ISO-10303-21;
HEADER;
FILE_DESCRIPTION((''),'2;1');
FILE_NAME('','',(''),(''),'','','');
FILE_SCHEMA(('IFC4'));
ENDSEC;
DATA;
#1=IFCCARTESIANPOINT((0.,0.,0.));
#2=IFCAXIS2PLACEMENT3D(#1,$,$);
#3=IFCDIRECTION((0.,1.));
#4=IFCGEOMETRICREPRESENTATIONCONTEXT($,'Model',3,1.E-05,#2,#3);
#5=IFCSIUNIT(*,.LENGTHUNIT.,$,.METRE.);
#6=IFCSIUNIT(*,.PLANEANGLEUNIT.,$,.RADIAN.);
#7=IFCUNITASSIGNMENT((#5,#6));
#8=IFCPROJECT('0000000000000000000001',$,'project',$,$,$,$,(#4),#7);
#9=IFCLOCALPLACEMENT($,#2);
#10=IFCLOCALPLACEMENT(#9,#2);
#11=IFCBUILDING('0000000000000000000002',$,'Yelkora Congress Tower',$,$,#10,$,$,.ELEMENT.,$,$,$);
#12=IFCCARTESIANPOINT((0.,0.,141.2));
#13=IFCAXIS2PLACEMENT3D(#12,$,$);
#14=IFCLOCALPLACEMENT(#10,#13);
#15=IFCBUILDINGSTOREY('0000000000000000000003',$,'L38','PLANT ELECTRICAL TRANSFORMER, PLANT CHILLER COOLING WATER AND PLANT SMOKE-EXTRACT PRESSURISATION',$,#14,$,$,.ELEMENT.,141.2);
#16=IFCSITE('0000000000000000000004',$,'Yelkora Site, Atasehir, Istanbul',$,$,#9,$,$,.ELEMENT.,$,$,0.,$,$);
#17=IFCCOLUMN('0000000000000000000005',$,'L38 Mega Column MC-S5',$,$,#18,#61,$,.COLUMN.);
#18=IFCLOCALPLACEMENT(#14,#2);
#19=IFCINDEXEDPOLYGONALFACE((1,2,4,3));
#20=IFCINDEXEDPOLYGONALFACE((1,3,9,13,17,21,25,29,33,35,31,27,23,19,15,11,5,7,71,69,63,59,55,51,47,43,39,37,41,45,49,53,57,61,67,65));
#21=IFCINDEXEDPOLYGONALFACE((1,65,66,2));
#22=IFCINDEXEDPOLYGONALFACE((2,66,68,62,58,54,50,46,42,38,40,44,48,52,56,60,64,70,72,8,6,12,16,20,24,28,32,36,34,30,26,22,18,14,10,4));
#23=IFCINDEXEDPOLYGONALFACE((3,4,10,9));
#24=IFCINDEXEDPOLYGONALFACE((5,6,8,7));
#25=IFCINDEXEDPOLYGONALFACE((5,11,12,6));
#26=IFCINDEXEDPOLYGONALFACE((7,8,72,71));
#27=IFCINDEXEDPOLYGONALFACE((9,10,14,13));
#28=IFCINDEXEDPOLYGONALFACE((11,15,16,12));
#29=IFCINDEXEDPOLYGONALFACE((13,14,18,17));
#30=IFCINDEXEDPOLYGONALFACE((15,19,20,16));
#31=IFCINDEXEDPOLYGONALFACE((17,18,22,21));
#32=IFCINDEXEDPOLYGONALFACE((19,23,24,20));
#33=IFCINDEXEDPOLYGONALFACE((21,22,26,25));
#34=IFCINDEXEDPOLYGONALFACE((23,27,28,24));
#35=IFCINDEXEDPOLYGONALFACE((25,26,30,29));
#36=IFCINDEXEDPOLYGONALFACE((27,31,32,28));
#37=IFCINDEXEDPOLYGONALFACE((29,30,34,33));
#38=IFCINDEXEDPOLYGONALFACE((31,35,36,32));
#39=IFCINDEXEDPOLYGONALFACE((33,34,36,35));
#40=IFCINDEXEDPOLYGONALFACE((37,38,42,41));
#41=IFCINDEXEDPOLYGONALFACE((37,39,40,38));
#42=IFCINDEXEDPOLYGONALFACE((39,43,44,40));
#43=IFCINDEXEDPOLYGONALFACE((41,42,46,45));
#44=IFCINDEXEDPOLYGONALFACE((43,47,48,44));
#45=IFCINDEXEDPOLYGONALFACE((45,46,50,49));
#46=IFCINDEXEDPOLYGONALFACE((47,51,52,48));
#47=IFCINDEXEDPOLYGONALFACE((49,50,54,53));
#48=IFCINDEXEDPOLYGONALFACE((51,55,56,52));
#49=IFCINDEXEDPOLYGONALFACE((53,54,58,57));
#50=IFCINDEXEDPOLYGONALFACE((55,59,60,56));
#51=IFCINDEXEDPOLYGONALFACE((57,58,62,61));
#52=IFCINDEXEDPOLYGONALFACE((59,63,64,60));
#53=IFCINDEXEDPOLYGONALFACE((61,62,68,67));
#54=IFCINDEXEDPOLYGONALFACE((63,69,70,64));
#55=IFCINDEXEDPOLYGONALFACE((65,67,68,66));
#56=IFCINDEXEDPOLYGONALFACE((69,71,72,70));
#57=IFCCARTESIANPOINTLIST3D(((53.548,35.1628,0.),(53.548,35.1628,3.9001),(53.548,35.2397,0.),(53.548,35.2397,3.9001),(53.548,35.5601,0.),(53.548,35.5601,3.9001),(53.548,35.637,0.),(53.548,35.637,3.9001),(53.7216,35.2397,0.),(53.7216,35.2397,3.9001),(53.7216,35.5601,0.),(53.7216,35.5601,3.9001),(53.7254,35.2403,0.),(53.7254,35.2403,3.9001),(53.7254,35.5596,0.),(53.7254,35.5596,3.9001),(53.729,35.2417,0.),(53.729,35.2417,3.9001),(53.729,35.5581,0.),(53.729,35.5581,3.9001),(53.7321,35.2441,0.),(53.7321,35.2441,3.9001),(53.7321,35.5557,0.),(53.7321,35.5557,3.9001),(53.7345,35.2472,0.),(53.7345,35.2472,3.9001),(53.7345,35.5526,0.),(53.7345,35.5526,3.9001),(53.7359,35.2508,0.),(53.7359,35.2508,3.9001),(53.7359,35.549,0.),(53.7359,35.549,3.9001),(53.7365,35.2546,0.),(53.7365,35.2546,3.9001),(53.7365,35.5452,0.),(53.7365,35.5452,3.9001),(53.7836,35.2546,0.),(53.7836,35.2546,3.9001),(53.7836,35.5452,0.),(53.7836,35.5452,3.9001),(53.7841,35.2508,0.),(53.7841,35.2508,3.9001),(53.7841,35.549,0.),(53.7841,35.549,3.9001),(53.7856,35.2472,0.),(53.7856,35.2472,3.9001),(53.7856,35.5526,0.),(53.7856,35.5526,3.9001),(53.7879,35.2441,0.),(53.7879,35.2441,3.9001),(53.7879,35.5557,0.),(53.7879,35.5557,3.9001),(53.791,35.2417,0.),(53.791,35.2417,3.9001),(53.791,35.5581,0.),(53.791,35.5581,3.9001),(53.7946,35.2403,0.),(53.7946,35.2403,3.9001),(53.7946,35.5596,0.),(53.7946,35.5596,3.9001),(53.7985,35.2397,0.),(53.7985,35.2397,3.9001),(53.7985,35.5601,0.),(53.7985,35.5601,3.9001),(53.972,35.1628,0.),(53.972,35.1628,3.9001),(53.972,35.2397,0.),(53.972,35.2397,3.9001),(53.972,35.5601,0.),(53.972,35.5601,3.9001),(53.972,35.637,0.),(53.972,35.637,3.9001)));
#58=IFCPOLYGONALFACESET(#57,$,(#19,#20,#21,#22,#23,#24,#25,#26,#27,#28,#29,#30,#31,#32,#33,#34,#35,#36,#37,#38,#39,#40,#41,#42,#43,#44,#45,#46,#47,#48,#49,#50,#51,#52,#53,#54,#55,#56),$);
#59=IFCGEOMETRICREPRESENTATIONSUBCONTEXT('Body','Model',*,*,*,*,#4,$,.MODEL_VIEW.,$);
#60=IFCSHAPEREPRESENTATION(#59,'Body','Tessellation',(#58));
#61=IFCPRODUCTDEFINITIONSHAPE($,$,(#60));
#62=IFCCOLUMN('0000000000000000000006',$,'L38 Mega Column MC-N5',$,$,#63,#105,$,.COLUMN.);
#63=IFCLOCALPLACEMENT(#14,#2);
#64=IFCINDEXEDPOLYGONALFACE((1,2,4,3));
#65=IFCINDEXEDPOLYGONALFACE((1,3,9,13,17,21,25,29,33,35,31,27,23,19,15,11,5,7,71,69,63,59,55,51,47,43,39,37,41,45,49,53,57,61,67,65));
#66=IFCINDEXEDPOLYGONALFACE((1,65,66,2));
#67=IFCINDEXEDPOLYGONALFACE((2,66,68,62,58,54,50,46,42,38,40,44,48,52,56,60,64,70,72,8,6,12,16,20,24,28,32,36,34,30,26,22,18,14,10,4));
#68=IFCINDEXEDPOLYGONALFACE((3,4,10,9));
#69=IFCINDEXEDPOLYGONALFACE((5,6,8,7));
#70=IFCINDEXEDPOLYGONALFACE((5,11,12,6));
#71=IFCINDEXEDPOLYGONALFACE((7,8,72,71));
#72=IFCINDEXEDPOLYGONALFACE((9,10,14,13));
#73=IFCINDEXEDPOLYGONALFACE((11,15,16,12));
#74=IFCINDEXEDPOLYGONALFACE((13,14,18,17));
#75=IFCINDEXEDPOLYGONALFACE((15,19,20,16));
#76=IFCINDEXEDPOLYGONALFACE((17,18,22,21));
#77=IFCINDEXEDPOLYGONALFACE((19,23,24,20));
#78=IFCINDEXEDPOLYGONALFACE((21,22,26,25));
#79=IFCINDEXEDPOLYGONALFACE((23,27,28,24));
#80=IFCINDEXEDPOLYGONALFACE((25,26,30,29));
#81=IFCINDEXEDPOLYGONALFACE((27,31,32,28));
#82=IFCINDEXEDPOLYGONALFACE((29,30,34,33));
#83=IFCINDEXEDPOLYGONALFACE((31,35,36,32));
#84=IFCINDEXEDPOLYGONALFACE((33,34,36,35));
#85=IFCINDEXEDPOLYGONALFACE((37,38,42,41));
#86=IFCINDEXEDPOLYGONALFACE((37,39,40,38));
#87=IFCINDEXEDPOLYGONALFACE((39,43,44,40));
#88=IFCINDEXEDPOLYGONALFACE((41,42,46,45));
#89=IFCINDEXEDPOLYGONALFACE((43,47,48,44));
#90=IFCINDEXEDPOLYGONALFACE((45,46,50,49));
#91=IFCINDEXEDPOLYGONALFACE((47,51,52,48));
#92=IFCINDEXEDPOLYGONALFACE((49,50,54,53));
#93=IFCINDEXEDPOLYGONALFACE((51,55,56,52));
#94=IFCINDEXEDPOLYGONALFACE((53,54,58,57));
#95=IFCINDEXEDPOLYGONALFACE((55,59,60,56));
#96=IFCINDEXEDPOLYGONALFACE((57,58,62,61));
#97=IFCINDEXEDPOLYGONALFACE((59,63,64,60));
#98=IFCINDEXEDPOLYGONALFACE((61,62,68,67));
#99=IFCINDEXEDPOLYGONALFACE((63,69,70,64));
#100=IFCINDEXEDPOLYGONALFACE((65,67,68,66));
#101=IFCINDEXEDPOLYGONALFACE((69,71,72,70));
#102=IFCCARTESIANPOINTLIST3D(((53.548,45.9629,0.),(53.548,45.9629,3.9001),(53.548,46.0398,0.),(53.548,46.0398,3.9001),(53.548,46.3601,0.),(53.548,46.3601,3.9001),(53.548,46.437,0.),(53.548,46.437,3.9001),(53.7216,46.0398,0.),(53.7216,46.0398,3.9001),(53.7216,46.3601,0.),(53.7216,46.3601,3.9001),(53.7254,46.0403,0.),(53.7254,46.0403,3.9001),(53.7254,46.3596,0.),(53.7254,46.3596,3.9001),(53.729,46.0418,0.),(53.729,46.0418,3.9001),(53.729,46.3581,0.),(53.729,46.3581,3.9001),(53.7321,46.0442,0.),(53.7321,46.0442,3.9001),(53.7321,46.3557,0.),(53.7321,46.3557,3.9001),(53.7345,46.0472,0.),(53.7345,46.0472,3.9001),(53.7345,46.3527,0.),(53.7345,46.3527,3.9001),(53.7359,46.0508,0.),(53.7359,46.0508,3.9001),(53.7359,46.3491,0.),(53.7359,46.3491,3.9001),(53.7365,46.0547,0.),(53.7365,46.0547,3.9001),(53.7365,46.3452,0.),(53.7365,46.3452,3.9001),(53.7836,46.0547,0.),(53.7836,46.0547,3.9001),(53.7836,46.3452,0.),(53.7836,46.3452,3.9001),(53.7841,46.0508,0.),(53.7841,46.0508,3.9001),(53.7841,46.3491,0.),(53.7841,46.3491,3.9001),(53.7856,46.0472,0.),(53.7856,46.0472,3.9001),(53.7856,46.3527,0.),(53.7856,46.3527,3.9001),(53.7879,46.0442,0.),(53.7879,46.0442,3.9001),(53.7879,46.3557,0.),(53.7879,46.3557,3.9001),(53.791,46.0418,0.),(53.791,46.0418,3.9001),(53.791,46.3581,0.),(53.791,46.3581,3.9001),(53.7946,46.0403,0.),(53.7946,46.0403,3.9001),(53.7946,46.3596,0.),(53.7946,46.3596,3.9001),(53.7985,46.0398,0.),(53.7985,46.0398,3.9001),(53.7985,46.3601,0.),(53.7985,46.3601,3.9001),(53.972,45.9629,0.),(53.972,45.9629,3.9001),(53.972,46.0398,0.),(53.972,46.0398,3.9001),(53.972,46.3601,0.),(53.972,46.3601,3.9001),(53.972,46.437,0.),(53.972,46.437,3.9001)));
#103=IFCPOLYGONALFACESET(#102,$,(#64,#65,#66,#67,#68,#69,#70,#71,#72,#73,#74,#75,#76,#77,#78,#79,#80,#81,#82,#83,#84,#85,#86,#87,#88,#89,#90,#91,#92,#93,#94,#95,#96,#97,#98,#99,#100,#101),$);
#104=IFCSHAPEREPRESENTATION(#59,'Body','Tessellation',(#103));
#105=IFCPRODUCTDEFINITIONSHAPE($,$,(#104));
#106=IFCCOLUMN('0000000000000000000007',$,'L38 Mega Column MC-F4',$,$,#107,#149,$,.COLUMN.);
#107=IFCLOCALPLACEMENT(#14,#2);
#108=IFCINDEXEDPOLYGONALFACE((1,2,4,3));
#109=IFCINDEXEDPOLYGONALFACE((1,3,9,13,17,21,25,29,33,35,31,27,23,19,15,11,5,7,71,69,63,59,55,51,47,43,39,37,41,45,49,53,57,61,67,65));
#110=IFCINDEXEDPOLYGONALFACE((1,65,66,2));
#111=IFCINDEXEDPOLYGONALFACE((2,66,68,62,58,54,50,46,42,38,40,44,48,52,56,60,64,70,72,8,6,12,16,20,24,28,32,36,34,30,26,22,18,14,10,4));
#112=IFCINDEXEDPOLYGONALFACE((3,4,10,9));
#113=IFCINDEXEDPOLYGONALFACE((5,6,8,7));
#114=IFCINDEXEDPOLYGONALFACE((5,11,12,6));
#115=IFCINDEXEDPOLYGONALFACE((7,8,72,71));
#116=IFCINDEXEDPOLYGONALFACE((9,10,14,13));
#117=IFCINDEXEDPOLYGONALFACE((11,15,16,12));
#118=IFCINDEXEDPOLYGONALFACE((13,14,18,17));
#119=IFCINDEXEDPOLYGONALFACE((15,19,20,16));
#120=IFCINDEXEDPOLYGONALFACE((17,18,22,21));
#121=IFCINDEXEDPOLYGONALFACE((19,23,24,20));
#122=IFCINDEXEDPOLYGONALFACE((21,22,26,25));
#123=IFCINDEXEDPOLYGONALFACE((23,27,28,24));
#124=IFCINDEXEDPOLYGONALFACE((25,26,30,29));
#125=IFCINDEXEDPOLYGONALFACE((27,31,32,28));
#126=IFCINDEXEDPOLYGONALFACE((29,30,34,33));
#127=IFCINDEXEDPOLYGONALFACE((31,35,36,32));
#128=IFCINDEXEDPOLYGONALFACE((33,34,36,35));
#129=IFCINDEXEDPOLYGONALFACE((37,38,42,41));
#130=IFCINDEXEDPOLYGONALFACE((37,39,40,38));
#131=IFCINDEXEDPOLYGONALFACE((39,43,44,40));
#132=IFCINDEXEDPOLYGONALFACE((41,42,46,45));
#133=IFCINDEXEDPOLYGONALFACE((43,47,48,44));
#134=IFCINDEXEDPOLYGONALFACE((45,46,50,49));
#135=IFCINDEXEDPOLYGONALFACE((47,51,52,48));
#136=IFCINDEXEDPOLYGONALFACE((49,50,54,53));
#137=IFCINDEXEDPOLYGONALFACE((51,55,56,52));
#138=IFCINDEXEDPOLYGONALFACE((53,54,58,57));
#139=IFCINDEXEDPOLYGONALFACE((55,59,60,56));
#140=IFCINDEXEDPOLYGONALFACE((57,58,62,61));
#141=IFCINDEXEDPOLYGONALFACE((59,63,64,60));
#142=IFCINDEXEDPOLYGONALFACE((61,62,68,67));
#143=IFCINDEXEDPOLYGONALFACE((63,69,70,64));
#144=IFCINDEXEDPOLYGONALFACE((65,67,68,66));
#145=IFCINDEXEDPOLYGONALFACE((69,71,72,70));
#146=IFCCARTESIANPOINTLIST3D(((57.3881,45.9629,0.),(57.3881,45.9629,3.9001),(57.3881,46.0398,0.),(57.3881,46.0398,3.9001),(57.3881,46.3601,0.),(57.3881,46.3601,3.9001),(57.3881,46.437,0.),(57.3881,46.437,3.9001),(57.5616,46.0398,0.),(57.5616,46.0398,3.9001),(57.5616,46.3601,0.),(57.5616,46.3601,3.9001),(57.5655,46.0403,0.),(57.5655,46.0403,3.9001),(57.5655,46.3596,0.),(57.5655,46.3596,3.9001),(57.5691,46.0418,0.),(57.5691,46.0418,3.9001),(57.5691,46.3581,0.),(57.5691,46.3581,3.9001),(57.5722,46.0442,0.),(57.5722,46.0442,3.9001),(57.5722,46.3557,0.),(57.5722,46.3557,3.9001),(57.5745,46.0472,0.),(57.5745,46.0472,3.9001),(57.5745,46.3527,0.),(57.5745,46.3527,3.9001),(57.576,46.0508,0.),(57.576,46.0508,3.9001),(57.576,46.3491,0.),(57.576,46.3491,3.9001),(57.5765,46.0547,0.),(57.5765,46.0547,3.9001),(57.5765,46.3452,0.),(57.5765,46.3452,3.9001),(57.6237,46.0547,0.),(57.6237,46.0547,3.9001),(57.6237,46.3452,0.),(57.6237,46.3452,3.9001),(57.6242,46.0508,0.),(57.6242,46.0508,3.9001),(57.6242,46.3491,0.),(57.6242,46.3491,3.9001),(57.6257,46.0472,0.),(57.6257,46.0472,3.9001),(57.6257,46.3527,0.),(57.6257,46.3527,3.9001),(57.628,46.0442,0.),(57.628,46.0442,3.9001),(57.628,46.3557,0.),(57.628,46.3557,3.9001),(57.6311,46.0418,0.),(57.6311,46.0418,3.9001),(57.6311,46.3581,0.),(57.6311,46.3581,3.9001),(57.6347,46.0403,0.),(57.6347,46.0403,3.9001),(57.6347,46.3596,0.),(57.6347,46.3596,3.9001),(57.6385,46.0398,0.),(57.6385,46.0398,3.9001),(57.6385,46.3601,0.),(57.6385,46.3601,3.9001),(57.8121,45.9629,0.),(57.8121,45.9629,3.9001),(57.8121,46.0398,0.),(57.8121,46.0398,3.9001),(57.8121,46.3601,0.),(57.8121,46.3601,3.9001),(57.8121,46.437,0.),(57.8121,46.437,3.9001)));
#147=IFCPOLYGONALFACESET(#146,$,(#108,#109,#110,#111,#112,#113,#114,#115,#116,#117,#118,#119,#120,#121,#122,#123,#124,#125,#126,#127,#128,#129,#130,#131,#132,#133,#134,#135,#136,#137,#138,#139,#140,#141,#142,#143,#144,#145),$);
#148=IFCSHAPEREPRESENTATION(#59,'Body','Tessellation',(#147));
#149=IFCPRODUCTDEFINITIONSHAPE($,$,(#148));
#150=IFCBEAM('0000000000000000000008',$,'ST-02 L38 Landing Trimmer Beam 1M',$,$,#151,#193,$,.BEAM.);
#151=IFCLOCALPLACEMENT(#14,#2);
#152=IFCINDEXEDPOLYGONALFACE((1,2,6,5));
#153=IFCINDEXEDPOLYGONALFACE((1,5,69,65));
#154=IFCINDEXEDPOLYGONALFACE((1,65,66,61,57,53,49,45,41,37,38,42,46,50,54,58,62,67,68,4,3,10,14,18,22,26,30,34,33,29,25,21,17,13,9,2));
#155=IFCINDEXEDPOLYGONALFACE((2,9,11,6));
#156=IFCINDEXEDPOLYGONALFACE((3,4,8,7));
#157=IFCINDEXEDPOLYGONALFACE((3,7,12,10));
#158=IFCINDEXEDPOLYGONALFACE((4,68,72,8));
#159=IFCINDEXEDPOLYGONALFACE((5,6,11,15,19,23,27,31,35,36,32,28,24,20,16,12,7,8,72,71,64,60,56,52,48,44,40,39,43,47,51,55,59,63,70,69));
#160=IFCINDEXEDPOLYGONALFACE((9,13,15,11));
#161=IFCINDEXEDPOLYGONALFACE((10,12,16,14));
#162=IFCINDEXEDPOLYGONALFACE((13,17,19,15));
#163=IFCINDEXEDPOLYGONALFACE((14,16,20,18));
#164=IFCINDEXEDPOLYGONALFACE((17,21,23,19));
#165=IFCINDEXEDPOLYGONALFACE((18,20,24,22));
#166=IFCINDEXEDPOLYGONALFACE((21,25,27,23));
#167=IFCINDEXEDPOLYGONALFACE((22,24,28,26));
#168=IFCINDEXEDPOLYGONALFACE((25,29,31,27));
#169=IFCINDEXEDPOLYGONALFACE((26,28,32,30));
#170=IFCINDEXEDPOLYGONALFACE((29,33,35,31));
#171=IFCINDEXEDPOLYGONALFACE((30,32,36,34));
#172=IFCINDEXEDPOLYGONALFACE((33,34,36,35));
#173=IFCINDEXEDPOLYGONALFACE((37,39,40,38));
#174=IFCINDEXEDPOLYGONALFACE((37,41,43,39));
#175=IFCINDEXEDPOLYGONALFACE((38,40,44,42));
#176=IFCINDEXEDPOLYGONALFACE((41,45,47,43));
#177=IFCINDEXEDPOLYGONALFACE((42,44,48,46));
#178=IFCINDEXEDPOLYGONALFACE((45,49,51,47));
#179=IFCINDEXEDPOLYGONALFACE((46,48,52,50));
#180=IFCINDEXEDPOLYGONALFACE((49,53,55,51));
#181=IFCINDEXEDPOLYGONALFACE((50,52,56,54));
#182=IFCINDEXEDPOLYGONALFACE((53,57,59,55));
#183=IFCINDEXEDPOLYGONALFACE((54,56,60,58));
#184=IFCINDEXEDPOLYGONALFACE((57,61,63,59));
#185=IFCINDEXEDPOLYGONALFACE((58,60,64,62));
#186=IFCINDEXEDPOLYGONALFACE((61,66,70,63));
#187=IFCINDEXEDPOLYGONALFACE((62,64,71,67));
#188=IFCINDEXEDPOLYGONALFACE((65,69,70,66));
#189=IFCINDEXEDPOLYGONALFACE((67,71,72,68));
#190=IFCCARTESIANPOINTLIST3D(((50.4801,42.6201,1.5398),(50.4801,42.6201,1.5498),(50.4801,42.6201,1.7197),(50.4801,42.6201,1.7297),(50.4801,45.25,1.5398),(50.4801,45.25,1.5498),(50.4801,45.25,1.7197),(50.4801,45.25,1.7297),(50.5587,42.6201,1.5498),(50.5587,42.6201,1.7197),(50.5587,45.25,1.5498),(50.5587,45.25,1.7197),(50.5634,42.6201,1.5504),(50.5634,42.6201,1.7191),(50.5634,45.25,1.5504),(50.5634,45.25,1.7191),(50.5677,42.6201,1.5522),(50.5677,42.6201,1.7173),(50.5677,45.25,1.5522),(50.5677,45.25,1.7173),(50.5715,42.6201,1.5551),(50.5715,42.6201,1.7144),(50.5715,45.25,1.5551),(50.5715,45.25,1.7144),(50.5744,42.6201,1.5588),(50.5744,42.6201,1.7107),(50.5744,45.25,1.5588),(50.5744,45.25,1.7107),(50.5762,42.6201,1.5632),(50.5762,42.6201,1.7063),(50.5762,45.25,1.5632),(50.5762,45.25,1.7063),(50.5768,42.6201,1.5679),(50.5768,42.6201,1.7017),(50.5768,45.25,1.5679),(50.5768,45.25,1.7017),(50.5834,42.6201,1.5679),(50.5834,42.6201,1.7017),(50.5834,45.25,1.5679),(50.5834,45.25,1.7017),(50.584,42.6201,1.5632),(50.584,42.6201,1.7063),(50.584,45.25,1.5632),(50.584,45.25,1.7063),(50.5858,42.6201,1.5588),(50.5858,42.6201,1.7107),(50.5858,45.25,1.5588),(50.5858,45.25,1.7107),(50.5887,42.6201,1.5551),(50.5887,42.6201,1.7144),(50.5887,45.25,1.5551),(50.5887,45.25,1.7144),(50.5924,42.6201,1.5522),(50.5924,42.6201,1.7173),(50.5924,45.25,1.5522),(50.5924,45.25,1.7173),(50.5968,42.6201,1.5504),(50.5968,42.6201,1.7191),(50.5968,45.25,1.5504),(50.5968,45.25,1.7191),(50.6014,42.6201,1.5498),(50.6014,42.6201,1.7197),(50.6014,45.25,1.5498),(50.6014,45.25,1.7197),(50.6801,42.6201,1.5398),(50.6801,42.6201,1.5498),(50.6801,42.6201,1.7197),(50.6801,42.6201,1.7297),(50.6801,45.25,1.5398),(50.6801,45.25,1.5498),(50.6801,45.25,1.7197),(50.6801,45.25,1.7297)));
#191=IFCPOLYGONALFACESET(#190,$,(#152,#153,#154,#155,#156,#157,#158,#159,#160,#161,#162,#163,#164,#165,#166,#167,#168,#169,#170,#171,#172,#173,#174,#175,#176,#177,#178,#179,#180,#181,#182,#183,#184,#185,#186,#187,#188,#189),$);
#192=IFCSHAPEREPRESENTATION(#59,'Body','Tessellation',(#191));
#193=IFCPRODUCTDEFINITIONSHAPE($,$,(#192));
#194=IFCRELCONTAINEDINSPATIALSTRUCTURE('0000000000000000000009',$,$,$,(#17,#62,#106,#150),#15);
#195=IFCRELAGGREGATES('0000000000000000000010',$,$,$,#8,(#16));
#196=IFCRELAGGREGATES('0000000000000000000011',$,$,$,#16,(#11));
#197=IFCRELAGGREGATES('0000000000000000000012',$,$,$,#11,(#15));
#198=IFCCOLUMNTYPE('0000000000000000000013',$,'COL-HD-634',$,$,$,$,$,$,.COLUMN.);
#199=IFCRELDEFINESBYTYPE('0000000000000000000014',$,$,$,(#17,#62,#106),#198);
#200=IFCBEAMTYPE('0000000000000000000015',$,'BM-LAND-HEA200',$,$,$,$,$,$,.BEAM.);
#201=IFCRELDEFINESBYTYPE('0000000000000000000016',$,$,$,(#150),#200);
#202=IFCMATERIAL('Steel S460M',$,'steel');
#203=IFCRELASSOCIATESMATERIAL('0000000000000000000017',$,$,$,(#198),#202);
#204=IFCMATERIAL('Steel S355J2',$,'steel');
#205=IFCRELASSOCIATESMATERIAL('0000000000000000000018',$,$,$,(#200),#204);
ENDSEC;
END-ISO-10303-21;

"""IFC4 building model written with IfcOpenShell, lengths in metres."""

from ifc_helpers import new_model, si_unit, direction, frame, origin, origin_2d, place, context, subcontext, project, spatial, i_section, extrude, material, material_profile, profile_set, type_object, element, save


model = new_model("IFC4")

# Units and contexts
model_context = context("Model", 3, precision=1e-05, world=origin(), true_north=direction((0.0, 1.0)))
body_context = subcontext(model_context, "Body", "Model", "MODEL_VIEW")
ifc_project = project(units=[si_unit("LENGTHUNIT", "METRE"), si_unit("PLANEANGLEUNIT", "RADIAN")], contexts=[model_context])

# Site, building, storey
site_placement = place(None, origin())
site = spatial("IfcSite", under=ifc_project, at=site_placement, Name="Yelkora Site, Atasehir, Istanbul", CompositionType="ELEMENT", RefElevation=0.0)
building_placement = place(site_placement, origin())
building = spatial("IfcBuilding", under=site, at=building_placement, Name="Yelkora Congress Tower", CompositionType="ELEMENT")
storey_placement = place(building_placement, frame((0.0, 0.0, 141.2)))
storey = spatial("IfcBuildingStorey", under=building, at=storey_placement, Name="L38", Description="PLANT ELECTRICAL TRANSFORMER, PLANT CHILLER COOLING WATER AND PLANT SMOKE-EXTRACT PRESSURISATION", CompositionType="ELEMENT", Elevation=141.2)

# Columns
ifc_material_1 = material(Name="Steel S460M", Category="steel")
ifc_material_profile_1 = material_profile(ifc_material_1, i_section(OverallWidth=0.4241, OverallDepth=0.4741, WebThickness=0.0471, FlangeThickness=0.0769, FilletRadius=0.0149, at=origin_2d()), Name="HD 400x634")
ifc_profile_set_1 = profile_set([ifc_material_profile_1], Name="Steel S460M")
column_type = type_object("IfcColumnType", Name="COL-HD-634", PredefinedType="COLUMN", material=ifc_profile_set_1)
for number, where, z_axis, x_axis, name in (
    (1, (53.76, 35.3999, 0.0), (0.0, 0.0, 1.0), (1.0, 0.0, 0.0), "L38 Mega Column MC-S5"),
    (2, (53.76, 46.2, 0.0), (0.0, 0.0, 1.0), (1.0, 0.0, 0.0), "L38 Mega Column MC-N5"),
    (3, (57.6001, 46.2, 0.0), (0.0, 0.0, 1.0), (1.0, 0.0, 0.0), "L38 Mega Column MC-F4"),
):
    element("IfcColumn", number, at=place(storey_placement, frame(where, z_axis=z_axis, x_axis=x_axis)), inside=storey, type_object=column_type, Name=name, PredefinedType="COLUMN", context=body_context, shape_type="SweptSolid", body=[
        extrude(i_section(OverallWidth=0.4241, OverallDepth=0.4741, WebThickness=0.0471, FlangeThickness=0.0769, FilletRadius=0.0149, at=origin_2d()), origin(), (0.0, 0.0, 1.0), 3.9001),
    ])

# Beam
ifc_material_2 = material(Name="Steel S355J2", Category="steel")
ifc_material_profile_2 = material_profile(ifc_material_2, i_section(OverallWidth=0.2, OverallDepth=0.1899, WebThickness=0.0066, FlangeThickness=0.01, FilletRadius=0.0181, at=origin_2d()), Name="HEA 200")
ifc_profile_set_2 = profile_set([ifc_material_profile_2], Name="Steel S355J2")
beam_type = type_object("IfcBeamType", Name="BM-LAND-HEA200", PredefinedType="BEAM", material=ifc_profile_set_2)
beam_placement = place(storey_placement, frame((50.5801, 42.6201, 1.6348), z_axis=(0.0, 1.0, 0.0), x_axis=(-1.0, 0.0, 0.0)))
element("IfcBeam", 4, at=beam_placement, inside=storey, type_object=beam_type, Name="ST-02 L38 Landing Trimmer Beam 1M", PredefinedType="BEAM", context=body_context, shape_type="SweptSolid", body=[
    extrude(i_section(OverallWidth=0.2, OverallDepth=0.1899, WebThickness=0.0066, FlangeThickness=0.01, FilletRadius=0.0181, at=origin_2d()), origin(), (0.0, 0.0, 1.0), 2.6299),
])

save(model, "model.ifc")
